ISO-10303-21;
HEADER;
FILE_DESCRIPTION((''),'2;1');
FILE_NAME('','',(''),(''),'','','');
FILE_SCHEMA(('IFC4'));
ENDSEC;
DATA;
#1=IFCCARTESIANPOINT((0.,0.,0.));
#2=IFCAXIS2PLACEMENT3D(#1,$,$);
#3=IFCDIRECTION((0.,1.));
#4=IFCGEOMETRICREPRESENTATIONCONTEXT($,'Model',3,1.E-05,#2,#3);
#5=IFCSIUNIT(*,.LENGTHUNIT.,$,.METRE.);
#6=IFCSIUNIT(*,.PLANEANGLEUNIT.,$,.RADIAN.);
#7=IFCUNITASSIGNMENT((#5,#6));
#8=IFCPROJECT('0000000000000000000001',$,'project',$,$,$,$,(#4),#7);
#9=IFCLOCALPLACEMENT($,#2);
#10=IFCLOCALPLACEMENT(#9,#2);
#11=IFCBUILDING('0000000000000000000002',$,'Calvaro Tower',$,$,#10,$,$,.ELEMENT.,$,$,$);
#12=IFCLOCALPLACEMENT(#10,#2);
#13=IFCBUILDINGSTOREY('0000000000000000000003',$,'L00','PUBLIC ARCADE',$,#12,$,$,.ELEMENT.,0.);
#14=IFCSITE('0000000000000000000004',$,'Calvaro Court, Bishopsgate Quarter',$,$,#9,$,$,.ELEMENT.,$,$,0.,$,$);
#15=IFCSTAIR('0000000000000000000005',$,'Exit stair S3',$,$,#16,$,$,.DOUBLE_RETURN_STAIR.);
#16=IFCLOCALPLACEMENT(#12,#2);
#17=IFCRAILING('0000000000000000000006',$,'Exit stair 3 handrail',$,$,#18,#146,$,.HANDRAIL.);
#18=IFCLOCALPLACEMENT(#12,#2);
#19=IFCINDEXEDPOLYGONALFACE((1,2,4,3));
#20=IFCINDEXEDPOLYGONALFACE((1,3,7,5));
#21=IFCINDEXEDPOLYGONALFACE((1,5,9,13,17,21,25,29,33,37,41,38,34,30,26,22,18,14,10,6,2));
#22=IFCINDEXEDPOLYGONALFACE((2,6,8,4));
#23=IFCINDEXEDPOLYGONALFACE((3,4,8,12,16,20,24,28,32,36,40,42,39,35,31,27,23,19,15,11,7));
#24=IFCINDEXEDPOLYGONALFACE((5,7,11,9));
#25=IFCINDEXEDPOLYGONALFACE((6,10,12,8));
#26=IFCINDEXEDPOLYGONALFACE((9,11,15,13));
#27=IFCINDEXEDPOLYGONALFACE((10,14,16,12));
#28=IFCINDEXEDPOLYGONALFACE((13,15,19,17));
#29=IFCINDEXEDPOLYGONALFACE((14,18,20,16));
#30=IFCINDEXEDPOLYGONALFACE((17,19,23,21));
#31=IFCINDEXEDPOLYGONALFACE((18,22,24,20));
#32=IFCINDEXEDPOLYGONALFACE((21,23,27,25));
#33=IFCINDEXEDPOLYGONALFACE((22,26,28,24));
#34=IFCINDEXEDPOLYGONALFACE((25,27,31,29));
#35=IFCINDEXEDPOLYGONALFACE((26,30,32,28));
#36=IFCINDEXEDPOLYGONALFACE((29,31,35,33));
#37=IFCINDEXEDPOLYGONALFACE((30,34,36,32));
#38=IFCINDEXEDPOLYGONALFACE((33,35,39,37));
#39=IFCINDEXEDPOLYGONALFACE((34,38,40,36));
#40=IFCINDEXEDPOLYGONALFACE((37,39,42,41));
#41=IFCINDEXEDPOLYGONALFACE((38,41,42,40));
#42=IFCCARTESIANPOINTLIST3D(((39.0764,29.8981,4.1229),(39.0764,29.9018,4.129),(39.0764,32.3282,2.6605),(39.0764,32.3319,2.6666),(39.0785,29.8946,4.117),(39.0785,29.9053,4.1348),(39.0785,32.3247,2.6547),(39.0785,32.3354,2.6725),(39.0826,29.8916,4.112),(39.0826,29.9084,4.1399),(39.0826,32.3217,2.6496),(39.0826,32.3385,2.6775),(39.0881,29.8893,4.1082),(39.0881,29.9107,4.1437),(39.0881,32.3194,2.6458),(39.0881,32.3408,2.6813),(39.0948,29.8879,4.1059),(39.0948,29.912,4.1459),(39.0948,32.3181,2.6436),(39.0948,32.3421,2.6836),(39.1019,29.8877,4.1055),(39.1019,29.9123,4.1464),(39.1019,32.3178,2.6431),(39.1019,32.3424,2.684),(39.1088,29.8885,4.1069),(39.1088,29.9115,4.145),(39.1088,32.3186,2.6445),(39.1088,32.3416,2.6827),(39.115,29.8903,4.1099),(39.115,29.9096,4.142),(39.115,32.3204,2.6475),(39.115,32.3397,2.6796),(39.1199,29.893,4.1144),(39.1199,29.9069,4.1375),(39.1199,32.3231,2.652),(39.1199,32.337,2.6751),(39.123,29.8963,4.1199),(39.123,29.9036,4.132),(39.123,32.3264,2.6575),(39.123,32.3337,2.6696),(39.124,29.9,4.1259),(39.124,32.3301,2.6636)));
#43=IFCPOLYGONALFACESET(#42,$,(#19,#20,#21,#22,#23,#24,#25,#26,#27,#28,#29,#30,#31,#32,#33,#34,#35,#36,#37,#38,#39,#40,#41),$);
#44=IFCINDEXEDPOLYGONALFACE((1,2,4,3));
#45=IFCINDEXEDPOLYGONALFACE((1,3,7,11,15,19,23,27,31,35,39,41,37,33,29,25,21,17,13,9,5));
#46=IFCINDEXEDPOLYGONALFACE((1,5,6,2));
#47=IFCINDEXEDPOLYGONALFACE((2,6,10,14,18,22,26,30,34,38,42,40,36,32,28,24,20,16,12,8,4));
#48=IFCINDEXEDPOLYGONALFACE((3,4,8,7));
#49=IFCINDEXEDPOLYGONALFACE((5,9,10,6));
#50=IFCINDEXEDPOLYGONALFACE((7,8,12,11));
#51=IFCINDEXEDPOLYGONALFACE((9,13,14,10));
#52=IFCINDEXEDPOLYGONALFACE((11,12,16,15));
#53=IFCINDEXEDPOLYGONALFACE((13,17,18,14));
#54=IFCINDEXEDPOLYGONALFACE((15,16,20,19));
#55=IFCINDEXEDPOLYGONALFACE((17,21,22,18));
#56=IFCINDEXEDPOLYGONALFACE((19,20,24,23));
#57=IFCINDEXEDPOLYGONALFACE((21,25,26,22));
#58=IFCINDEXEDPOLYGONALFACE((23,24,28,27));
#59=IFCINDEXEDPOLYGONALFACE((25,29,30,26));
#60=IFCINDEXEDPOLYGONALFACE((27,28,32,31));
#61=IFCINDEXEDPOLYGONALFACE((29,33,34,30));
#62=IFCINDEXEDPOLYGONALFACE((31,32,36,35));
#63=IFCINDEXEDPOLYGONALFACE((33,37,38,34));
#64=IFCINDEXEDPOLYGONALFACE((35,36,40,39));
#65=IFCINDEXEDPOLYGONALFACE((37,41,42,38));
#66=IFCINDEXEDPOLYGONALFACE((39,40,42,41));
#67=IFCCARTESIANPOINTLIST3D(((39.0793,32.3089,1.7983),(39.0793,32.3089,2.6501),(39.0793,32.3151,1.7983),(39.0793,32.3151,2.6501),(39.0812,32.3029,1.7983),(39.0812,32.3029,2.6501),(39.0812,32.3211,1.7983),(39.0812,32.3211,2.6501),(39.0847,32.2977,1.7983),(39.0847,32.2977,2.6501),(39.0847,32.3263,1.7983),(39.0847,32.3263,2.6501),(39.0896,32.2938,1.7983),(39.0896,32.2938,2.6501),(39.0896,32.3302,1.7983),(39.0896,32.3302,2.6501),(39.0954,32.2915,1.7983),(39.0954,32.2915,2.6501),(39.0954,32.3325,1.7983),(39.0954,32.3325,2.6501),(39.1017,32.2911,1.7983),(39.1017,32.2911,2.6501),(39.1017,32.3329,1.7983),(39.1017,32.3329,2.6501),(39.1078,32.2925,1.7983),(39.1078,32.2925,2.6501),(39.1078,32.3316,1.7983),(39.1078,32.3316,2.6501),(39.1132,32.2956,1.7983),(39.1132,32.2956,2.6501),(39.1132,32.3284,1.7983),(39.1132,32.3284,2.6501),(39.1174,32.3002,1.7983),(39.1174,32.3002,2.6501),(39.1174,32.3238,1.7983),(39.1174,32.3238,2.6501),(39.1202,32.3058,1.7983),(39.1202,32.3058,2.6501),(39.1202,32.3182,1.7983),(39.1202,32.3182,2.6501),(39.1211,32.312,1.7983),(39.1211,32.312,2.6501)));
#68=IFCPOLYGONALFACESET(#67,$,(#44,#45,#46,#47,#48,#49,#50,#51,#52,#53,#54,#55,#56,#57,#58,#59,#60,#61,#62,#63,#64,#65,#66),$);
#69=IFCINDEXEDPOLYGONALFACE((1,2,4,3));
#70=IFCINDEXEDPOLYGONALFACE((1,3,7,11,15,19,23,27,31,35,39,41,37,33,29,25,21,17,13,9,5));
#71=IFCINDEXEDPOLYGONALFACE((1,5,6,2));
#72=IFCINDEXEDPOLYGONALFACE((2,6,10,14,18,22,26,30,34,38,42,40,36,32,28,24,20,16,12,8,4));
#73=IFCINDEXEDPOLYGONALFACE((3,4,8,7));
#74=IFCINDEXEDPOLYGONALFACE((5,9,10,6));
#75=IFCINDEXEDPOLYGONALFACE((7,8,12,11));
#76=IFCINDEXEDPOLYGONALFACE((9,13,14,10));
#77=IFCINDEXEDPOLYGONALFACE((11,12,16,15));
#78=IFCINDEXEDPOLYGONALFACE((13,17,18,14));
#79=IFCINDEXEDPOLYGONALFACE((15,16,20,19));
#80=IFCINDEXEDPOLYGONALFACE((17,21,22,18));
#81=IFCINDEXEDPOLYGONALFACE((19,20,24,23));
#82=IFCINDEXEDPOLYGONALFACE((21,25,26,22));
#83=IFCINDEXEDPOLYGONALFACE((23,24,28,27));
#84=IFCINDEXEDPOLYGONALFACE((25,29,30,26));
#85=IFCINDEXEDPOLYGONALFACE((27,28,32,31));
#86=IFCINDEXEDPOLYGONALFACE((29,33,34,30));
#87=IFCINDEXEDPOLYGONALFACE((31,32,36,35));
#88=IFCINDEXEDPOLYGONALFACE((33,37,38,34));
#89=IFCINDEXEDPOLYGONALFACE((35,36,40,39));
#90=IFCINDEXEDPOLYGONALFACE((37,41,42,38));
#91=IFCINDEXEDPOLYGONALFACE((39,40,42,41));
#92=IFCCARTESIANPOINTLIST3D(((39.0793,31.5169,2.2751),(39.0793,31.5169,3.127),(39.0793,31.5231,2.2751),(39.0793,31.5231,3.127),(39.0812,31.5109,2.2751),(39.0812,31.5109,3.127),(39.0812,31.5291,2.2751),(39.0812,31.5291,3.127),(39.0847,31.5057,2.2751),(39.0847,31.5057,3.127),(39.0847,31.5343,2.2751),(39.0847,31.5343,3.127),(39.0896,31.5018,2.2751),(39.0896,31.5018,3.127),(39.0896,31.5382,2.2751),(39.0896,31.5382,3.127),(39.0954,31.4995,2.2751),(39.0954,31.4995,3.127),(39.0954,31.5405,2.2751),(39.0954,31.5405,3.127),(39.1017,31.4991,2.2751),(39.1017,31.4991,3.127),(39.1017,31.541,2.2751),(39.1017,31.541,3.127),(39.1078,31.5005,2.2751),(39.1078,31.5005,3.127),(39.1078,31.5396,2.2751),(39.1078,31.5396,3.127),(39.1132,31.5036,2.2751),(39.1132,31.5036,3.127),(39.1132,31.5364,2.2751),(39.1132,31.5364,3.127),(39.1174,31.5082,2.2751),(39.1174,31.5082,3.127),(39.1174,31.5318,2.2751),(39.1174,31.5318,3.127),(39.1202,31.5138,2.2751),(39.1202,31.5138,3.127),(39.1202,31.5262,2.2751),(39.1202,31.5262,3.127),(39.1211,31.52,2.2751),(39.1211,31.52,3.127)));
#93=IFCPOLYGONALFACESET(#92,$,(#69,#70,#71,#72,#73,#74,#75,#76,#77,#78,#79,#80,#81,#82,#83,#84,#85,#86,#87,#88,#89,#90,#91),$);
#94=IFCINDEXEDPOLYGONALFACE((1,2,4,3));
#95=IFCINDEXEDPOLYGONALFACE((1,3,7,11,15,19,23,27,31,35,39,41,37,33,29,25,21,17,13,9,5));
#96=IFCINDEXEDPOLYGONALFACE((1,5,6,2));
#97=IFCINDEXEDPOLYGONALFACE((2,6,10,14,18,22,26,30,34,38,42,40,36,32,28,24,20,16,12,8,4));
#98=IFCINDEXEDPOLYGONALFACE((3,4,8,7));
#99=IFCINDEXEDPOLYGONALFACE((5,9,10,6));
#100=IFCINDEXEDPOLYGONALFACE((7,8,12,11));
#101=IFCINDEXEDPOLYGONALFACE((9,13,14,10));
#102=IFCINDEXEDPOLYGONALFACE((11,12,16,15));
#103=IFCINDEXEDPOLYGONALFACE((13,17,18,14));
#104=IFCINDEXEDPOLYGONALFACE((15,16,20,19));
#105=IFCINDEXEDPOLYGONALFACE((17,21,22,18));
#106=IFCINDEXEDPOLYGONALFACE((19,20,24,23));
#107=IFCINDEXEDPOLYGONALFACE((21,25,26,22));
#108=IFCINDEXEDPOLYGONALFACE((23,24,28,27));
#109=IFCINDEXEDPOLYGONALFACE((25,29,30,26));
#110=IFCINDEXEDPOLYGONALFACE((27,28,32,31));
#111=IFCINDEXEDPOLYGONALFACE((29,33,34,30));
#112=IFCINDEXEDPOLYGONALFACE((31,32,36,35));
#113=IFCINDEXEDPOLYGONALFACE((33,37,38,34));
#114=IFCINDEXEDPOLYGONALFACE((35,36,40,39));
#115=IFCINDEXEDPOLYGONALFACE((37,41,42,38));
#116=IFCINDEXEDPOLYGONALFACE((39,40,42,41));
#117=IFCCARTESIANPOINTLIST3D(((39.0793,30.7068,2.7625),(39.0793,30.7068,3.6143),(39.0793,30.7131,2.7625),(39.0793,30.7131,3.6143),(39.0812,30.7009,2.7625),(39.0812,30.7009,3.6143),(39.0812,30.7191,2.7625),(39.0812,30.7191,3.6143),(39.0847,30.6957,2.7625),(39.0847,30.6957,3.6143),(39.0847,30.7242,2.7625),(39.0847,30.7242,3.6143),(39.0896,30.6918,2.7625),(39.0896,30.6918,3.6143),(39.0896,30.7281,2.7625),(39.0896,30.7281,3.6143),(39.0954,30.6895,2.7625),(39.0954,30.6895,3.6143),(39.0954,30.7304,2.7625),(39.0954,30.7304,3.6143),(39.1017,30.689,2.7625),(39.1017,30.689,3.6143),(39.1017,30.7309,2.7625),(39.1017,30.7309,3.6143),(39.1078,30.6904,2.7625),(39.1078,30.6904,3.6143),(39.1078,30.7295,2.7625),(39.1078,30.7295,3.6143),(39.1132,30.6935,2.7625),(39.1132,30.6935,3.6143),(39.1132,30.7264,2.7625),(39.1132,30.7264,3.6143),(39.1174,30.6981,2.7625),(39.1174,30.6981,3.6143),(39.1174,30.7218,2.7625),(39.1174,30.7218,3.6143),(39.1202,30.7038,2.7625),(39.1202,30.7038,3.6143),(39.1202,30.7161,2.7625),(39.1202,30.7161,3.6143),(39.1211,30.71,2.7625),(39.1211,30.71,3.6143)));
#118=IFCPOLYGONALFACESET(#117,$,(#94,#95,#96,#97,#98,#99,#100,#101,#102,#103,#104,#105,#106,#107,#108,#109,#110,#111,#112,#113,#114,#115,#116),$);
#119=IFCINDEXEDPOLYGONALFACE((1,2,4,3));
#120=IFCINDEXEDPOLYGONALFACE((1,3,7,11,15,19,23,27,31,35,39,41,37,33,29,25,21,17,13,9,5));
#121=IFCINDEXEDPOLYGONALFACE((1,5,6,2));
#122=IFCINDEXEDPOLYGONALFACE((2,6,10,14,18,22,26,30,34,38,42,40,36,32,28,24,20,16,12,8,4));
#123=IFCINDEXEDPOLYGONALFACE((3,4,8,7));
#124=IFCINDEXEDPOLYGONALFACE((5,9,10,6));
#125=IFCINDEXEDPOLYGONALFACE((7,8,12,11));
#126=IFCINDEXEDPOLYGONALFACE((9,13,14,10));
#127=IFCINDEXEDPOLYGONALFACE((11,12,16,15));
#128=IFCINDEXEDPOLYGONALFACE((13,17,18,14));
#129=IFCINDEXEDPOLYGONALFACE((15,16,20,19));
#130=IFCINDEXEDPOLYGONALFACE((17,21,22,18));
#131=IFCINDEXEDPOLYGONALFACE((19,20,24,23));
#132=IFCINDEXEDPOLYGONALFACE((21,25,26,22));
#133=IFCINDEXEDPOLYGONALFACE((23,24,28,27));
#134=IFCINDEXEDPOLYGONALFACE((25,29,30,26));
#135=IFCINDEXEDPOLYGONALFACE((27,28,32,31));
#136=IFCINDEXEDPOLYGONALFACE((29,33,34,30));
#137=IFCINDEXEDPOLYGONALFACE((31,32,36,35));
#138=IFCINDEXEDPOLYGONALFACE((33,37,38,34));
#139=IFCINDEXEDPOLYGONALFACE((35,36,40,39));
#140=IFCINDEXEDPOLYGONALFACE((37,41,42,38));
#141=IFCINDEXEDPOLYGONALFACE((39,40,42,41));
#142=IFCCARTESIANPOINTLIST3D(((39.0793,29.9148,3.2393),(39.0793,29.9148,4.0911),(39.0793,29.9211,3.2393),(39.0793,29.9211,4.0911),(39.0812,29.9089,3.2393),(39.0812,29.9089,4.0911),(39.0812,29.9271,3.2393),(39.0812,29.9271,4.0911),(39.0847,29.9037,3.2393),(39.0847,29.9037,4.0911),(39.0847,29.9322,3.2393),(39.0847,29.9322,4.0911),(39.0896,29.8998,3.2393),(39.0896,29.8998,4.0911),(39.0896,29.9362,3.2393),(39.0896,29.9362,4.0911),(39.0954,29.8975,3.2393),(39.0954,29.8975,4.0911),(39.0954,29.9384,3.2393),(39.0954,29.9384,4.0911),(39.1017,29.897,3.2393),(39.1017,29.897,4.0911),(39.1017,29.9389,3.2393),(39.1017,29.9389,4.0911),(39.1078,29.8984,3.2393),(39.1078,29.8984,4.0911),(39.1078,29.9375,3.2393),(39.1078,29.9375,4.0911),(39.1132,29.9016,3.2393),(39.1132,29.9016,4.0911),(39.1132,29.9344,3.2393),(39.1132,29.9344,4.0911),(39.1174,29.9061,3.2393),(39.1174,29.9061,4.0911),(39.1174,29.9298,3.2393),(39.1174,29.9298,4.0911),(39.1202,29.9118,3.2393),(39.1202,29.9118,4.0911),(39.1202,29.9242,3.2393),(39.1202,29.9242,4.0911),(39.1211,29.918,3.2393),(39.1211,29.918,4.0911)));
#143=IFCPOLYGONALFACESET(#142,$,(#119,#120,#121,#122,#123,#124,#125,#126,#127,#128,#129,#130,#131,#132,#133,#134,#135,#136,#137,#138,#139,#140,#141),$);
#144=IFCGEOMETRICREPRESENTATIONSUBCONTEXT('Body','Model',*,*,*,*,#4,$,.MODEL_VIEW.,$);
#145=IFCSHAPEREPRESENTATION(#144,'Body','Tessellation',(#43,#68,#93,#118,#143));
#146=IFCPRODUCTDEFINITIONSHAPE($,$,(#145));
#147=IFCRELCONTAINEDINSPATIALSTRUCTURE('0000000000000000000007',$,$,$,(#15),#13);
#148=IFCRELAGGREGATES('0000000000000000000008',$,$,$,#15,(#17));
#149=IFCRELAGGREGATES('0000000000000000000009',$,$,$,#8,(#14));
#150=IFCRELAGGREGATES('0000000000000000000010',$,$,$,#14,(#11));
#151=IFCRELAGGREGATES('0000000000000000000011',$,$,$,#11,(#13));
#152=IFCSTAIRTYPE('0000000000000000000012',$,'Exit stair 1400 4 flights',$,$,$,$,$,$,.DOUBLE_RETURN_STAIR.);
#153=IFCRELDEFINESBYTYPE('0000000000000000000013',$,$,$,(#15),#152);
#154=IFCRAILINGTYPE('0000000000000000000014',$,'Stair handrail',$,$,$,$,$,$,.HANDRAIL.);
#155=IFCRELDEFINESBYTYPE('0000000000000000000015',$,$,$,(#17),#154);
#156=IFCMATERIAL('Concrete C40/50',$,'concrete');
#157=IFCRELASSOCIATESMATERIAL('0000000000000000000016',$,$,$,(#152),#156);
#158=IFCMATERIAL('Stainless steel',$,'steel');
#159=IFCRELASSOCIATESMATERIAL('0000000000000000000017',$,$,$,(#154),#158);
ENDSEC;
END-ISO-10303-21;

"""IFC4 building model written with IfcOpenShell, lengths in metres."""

from ifc_helpers import new_model, si_unit, direction, frame, origin, origin_2d, place, context, subcontext, project, spatial, circle, extrude, material, type_object, element, aggregate, save


model = new_model("IFC4")

# Units and contexts
model_context = context("Model", 3, precision=1e-05, world=origin(), true_north=direction((0.0, 1.0)))
body_context = subcontext(model_context, "Body", "Model", "MODEL_VIEW")
ifc_project = project(units=[si_unit("LENGTHUNIT", "METRE"), si_unit("PLANEANGLEUNIT", "RADIAN")], contexts=[model_context])

# Site, building, storey
site_placement = place(None, origin())
site = spatial("IfcSite", under=ifc_project, at=site_placement, Name="Calvaro Court, Bishopsgate Quarter", CompositionType="ELEMENT", RefElevation=0.0)
building_placement = place(site_placement, origin())
building = spatial("IfcBuilding", under=site, at=building_placement, Name="Calvaro Tower", CompositionType="ELEMENT")
storey_placement = place(building_placement, origin())
storey = spatial("IfcBuildingStorey", under=building, at=storey_placement, Name="L00", Description="PUBLIC ARCADE", CompositionType="ELEMENT", Elevation=0.0)

# Stair
ifc_material_1 = material(Name="Concrete C40/50", Category="concrete")
stair_type = type_object("IfcStairType", Name="Exit stair 1400 4 flights", PredefinedType="DOUBLE_RETURN_STAIR", material=ifc_material_1)
stair_1_placement = place(storey_placement, origin())
stair_1 = element("IfcStair", 1, at=stair_1_placement, inside=storey, type_object=stair_type, Name="Exit stair S3", PredefinedType="DOUBLE_RETURN_STAIR")

# Railing
ifc_material_2 = material(Name="Stainless steel", Category="steel")
railing_type = type_object("IfcRailingType", Name="Stair handrail", PredefinedType="HANDRAIL", material=ifc_material_2)
railing_1_placement = place(storey_placement, frame((39.1001, 32.3301, 1.7876)))
railing_1 = element("IfcRailing", 2, at=railing_1_placement, type_object=railing_type, Name="Exit stair 3 handrail", PredefinedType="HANDRAIL", context=body_context, shape_type="SweptSolid", body=[
    extrude(circle(Radius=0.0239, at=origin_2d()), frame((0.0, 0.0, 0.876), z_axis=(0.0, -0.856824, 0.515609), x_axis=(1.0, 0.0, 0.0)), (0.0, 0.0, 1.0), 2.8362),
    extrude(circle(Radius=0.021, at=origin_2d()), frame((0.0, -0.0181, 0.0107)), (0.0, 0.0, 1.0), 0.8518),
    extrude(circle(Radius=0.021, at=origin_2d()), frame((0.0, -0.8101, 0.4875)), (0.0, 0.0, 1.0), 0.8518),
    extrude(circle(Radius=0.021, at=origin_2d()), frame((0.0, -1.6201, 0.9749)), (0.0, 0.0, 1.0), 0.8518),
    extrude(circle(Radius=0.021, at=origin_2d()), frame((0.0, -2.4121, 1.4517)), (0.0, 0.0, 1.0), 0.8518),
])
aggregate(stair_1, [railing_1])

save(model, "model.ifc")
